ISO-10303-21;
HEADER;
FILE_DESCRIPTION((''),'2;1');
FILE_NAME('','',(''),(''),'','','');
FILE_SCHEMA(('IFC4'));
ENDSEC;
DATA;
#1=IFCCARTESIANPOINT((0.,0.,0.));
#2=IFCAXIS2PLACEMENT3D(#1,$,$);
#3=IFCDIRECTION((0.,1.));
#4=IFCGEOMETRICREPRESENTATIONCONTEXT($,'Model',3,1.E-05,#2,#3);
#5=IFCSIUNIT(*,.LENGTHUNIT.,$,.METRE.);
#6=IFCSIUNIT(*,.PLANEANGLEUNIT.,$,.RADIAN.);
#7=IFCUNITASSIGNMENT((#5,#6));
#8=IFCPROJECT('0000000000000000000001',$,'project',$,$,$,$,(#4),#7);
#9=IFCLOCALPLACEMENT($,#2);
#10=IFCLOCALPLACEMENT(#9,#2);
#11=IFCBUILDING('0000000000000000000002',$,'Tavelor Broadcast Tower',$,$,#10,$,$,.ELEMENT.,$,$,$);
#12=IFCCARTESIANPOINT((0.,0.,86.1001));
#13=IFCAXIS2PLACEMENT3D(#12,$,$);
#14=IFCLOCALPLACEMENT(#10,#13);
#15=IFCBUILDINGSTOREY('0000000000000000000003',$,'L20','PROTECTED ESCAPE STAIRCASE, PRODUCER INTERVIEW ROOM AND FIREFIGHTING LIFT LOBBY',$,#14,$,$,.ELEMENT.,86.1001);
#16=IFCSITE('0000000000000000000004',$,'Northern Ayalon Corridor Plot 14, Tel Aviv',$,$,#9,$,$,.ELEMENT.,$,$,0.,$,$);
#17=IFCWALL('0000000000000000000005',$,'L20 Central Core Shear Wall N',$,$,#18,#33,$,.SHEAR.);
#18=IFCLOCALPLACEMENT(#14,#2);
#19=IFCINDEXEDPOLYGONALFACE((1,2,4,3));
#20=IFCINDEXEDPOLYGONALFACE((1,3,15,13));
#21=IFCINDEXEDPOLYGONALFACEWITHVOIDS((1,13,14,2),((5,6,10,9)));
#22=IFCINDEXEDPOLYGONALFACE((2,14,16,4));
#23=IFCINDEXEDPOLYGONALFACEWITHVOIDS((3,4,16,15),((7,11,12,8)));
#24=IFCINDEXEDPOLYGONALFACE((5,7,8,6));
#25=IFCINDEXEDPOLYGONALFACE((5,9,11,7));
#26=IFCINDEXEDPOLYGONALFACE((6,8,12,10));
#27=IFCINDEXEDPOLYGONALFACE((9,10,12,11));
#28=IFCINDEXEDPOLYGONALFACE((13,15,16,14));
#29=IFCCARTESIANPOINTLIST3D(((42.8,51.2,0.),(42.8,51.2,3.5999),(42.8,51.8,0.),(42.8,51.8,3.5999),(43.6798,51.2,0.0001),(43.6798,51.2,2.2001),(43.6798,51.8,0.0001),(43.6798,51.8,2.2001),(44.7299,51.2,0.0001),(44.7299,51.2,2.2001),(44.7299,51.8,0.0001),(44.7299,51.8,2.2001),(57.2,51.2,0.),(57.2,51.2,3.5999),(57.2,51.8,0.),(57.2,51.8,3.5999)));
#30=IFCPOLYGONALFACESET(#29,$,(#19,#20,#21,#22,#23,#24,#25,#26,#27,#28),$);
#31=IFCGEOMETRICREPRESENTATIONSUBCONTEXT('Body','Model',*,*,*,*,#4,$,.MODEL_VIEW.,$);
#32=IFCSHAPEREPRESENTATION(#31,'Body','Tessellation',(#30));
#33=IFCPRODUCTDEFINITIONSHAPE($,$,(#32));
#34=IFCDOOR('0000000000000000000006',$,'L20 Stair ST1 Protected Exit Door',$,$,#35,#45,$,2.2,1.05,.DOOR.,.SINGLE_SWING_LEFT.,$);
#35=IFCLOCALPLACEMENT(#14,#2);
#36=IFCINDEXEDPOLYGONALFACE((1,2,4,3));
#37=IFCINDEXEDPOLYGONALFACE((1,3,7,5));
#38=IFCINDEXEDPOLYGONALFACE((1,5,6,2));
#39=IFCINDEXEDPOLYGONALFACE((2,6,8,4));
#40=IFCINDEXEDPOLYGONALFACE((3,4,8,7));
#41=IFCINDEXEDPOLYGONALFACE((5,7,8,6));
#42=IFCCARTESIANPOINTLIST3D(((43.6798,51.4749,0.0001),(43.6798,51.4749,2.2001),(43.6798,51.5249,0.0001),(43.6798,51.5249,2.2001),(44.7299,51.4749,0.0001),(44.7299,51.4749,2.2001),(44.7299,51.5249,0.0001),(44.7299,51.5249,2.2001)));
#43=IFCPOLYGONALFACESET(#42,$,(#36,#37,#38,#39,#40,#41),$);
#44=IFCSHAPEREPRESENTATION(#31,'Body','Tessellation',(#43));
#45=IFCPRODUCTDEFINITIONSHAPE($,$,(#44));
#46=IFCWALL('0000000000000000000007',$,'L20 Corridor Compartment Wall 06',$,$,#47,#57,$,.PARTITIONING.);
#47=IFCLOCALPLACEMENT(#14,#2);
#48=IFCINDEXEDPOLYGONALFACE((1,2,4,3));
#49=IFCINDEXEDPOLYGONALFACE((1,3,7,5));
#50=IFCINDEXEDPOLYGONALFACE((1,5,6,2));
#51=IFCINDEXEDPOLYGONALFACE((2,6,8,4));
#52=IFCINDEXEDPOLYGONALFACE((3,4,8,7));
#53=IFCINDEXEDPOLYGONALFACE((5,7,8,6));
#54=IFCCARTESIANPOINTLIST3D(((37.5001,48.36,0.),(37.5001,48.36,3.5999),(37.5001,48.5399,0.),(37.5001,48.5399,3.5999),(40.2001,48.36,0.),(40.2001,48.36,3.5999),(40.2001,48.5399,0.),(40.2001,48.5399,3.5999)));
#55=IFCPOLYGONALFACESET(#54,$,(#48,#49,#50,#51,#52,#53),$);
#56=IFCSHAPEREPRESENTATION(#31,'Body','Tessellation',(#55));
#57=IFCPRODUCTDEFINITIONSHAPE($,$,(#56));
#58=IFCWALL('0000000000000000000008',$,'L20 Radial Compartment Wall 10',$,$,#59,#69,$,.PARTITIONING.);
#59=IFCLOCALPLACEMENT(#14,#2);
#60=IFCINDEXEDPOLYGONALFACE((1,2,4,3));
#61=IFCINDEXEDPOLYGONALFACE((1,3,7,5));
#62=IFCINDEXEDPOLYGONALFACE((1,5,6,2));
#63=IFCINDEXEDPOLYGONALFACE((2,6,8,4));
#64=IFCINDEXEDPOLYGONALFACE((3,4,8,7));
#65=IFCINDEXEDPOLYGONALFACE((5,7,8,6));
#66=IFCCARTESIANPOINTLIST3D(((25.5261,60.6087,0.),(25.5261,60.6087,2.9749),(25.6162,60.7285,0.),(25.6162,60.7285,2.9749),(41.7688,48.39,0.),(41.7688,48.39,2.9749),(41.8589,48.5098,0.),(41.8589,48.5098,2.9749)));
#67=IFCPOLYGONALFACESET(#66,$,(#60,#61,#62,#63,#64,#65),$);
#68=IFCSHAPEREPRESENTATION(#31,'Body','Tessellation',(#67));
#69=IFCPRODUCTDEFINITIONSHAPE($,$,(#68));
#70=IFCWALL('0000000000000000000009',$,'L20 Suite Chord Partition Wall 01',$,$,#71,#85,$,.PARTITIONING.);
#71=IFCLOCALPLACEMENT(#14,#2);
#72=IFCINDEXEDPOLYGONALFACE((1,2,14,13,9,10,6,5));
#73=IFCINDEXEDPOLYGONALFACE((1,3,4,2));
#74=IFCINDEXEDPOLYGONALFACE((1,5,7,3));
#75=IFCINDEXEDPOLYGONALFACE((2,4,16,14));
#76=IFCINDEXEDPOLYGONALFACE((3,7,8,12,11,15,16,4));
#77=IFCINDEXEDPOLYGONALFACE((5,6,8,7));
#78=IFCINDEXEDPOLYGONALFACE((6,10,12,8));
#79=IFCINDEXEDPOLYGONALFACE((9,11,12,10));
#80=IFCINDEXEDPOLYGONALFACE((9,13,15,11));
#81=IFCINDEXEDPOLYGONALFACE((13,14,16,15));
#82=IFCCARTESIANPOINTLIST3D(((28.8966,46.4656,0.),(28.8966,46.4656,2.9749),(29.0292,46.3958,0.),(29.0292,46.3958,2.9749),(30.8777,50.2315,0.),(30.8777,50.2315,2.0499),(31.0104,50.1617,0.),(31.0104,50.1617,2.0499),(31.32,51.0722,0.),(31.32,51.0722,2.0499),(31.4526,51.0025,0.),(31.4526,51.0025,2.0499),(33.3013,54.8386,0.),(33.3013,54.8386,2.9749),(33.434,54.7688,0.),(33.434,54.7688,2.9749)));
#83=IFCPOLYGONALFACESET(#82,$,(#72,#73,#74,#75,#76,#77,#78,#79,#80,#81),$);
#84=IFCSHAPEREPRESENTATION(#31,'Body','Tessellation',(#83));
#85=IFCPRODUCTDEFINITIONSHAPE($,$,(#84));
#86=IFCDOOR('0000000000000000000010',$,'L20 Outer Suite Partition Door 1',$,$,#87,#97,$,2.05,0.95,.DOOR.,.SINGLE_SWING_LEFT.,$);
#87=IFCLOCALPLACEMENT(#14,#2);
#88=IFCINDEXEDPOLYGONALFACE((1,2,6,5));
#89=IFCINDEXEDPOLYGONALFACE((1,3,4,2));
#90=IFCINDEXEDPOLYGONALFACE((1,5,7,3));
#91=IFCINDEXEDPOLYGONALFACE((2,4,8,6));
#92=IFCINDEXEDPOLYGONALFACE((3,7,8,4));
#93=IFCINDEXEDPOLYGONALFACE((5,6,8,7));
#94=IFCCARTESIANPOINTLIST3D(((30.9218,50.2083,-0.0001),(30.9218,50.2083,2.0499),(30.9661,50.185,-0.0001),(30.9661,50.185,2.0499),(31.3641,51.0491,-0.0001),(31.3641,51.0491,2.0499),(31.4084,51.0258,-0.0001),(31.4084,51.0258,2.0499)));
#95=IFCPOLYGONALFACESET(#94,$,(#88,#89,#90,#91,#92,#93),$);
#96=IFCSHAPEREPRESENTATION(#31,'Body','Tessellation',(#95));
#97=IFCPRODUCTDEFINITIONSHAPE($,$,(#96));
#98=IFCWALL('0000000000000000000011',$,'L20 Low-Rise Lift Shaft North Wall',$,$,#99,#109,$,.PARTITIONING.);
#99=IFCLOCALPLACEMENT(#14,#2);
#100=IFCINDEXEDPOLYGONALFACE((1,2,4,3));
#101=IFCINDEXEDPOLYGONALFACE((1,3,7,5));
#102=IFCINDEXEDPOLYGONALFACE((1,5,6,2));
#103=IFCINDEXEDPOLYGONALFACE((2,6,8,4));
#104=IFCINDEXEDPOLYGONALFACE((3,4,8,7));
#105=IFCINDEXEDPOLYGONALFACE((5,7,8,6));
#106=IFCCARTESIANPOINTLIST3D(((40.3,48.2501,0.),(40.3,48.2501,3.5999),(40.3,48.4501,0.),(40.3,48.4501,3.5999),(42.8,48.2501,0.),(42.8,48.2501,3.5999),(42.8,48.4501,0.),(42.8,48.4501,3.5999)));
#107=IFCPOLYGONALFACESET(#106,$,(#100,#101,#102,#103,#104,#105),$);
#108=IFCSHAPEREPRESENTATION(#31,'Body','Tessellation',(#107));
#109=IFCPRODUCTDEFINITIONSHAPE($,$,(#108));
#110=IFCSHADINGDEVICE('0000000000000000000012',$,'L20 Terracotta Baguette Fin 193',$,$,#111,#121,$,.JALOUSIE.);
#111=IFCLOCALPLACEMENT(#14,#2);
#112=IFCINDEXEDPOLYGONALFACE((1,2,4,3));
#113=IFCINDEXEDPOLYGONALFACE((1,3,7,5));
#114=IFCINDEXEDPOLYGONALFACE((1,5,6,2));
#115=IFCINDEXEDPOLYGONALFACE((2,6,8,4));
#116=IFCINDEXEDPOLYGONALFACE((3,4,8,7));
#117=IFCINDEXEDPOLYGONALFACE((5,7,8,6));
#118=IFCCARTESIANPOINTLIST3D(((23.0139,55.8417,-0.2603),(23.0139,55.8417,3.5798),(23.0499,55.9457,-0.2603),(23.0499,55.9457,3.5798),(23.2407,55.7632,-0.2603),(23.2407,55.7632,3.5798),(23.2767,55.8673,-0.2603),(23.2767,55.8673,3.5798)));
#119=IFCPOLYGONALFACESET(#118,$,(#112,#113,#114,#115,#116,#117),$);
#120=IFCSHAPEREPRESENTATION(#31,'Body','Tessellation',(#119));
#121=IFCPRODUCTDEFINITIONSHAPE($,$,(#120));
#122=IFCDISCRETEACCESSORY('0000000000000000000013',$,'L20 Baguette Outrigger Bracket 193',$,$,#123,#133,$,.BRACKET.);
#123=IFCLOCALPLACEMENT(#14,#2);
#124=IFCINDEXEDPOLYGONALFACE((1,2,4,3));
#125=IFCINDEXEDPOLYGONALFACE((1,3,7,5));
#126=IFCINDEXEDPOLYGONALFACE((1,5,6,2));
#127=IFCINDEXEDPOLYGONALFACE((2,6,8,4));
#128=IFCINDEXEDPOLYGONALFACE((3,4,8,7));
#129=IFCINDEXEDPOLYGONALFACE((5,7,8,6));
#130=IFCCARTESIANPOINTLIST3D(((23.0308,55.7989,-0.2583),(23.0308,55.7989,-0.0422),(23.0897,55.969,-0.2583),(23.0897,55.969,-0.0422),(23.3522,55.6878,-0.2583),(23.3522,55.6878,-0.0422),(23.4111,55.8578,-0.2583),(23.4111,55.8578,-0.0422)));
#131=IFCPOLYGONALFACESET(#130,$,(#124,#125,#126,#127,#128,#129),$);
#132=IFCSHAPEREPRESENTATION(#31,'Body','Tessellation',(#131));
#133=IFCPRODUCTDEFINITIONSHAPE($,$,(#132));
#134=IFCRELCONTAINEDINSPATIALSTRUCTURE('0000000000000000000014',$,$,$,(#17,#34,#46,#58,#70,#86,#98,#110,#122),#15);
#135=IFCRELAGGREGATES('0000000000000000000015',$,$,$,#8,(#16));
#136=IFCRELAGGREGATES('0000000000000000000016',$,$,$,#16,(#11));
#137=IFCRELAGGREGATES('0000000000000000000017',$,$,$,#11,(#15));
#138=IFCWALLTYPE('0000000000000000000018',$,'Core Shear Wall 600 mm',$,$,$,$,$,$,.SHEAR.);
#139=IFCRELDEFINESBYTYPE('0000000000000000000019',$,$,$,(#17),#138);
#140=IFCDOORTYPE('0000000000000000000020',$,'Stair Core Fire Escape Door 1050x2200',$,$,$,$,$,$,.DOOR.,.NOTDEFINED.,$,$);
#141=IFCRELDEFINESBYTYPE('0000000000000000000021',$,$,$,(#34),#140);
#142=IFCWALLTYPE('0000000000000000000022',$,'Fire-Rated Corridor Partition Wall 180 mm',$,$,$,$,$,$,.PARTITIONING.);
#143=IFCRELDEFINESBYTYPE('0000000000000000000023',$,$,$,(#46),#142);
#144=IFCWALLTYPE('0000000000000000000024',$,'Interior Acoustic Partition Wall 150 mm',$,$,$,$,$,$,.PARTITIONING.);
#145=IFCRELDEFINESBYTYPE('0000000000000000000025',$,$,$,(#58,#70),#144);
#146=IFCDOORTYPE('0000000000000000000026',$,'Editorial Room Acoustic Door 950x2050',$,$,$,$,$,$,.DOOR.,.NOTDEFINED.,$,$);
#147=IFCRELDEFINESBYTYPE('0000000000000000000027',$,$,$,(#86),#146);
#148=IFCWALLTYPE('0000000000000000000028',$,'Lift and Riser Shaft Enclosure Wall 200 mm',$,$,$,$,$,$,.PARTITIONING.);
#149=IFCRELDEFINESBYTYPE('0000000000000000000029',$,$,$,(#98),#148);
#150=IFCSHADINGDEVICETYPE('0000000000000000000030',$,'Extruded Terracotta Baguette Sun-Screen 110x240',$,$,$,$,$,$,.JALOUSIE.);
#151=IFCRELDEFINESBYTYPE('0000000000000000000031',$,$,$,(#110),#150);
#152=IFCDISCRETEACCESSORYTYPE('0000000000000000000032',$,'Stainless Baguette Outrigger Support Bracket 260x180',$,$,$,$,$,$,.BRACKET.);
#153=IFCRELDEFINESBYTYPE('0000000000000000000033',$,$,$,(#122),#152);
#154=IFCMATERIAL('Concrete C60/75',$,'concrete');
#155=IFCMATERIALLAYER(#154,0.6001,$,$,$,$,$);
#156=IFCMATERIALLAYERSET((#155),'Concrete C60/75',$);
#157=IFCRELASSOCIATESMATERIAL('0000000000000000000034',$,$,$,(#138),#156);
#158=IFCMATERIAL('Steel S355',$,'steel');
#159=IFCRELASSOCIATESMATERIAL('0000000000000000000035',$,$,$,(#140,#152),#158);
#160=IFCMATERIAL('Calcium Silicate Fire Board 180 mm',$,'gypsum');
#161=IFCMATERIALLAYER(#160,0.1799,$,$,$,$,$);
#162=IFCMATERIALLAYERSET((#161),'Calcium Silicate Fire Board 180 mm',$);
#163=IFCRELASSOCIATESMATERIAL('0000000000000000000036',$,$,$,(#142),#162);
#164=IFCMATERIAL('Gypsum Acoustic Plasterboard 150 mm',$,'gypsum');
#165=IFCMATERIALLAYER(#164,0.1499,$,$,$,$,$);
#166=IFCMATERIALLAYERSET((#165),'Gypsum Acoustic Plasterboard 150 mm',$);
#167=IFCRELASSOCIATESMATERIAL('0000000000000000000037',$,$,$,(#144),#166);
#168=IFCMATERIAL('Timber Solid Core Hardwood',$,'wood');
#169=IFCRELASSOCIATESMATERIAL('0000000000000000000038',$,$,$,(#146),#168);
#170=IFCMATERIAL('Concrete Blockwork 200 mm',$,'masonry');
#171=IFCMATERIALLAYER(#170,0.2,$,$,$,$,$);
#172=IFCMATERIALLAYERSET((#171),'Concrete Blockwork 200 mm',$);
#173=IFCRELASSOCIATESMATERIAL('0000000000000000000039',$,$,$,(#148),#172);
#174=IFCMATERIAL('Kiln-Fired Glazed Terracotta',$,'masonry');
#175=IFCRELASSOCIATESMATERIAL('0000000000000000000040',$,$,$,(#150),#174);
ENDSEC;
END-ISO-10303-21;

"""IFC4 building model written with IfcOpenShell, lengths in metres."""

from ifc_helpers import new_model, si_unit, direction, frame, frame_2d, origin, origin_2d, place, context, subcontext, project, spatial, rectangle, extrude, source, transform, mapped, material, layer, layer_set, type_object, type_shapes, element, fill, save


model = new_model("IFC4")

# Units and contexts
model_context = context("Model", 3, precision=1e-05, world=origin(), true_north=direction((0.0, 1.0)))
body_context = subcontext(model_context, "Body", "Model", "MODEL_VIEW")
ifc_project = project(units=[si_unit("LENGTHUNIT", "METRE"), si_unit("PLANEANGLEUNIT", "RADIAN")], contexts=[model_context])

# Site, building, storey
site_placement = place(None, origin())
site = spatial("IfcSite", under=ifc_project, at=site_placement, Name="Northern Ayalon Corridor Plot 14, Tel Aviv", CompositionType="ELEMENT", RefElevation=0.0)
building_placement = place(site_placement, origin())
building = spatial("IfcBuilding", under=site, at=building_placement, Name="Tavelor Broadcast Tower", CompositionType="ELEMENT")
storey_placement = place(building_placement, frame((0.0, 0.0, 86.1001)))
storey = spatial("IfcBuildingStorey", under=building, at=storey_placement, Name="L20", Description="PROTECTED ESCAPE STAIRCASE, PRODUCER INTERVIEW ROOM AND FIREFIGHTING LIFT LOBBY", CompositionType="ELEMENT", Elevation=86.1001)

# Shared definitions
ifc_material_1 = material(Name="Steel S355", Category="steel")

# Wall, opening, door
ifc_material_2 = material(Name="Concrete C60/75", Category="concrete")
ifc_layer_1 = layer(ifc_material_2, 0.6001)
ifc_layer_set_1 = layer_set([ifc_layer_1], Name="Concrete C60/75")
wall_type_1 = type_object("IfcWallType", Name="Core Shear Wall 600 mm", PredefinedType="SHEAR", material=ifc_layer_set_1)
wall_1_placement = place(storey_placement, frame((42.8, 51.5, 0.0), z_axis=(0.0, 0.0, 1.0), x_axis=(1.0, 0.0, 0.0)))
wall_1 = element("IfcWall", 1, at=wall_1_placement, inside=storey, type_object=wall_type_1, Name="L20 Central Core Shear Wall N", PredefinedType="SHEAR", context=body_context, shape_type="SweptSolid", body=[
    extrude(rectangle(XDim=14.3999, YDim=0.6001, at=frame_2d((7.2, 0.0))), origin(), (0.0, 0.0, 1.0), 3.5999),
])
opening_1_placement = place(wall_1_placement, frame((0.8799, 0.0, 0.0)))
opening_1 = element("IfcOpeningElement", 2, at=opening_1_placement, cuts=wall_1, PredefinedType="OPENING", context=body_context, shape_type="SweptSolid", body=[
    extrude(rectangle(XDim=1.05, YDim=2.2, at=frame_2d((0.5249, 1.1001))), frame((0.0, 0.3101, 0.0), z_axis=(0.0, -1.0, 0.0), x_axis=(1.0, 0.0, 0.0)), (0.0, 0.0, 1.0), 0.6201),
])
door_type_1 = type_object("IfcDoorType", Name="Stair Core Fire Escape Door 1050x2200", OperationType="NOTDEFINED", PredefinedType="DOOR", material=ifc_material_1)
door_1_placement = place(opening_1_placement, origin())
door_1 = element("IfcDoor", 3, at=door_1_placement, inside=storey, type_object=door_type_1, Name="L20 Stair ST1 Protected Exit Door", OperationType="SINGLE_SWING_LEFT", OverallHeight=2.2, OverallWidth=1.05, PredefinedType="DOOR", context=body_context, shape_type="SweptSolid", body=[
    extrude(rectangle(XDim=1.05, YDim=2.2, at=frame_2d((0.5249, 1.1001))), frame((0.0, 0.0249, 0.0), z_axis=(0.0, -1.0, 0.0), x_axis=(1.0, 0.0, 0.0)), (0.0, 0.0, 1.0), 0.05),
])
fill(opening_1, door_1)

# Walls
ifc_material_3 = material(Name="Calcium Silicate Fire Board 180 mm", Category="gypsum")
ifc_layer_2 = layer(ifc_material_3, 0.1799)
ifc_layer_set_2 = layer_set([ifc_layer_2], Name="Calcium Silicate Fire Board 180 mm")
wall_type_2 = type_object("IfcWallType", Name="Fire-Rated Corridor Partition Wall 180 mm", PredefinedType="PARTITIONING", material=ifc_layer_set_2)
wall_2_placement = place(storey_placement, frame((37.5, 48.45, 0.0), z_axis=(0.0, 0.0, 1.0), x_axis=(1.0, 0.0, 0.0)))
element("IfcWall", 4, at=wall_2_placement, inside=storey, type_object=wall_type_2, Name="L20 Corridor Compartment Wall 06", PredefinedType="PARTITIONING", context=body_context, shape_type="SweptSolid", body=[
    extrude(rectangle(XDim=2.7, YDim=0.1799, at=frame_2d((1.3501, 0.0))), origin(), (0.0, 0.0, 1.0), 3.5999),
])
ifc_material_4 = material(Name="Gypsum Acoustic Plasterboard 150 mm", Category="gypsum")
ifc_layer_3 = layer(ifc_material_4, 0.1499)
ifc_layer_set_3 = layer_set([ifc_layer_3], Name="Gypsum Acoustic Plasterboard 150 mm")
wall_type_3 = type_object("IfcWallType", Name="Interior Acoustic Partition Wall 150 mm", PredefinedType="PARTITIONING", material=ifc_layer_set_3)
wall_3_placement = place(storey_placement, frame((41.8137, 48.45, 0.0), z_axis=(0.0, 0.0, 1.0), x_axis=(-0.799131, 0.601156, 0.0)))
element("IfcWall", 5, at=wall_3_placement, inside=storey, type_object=wall_type_3, Name="L20 Radial Compartment Wall 10", PredefinedType="PARTITIONING", context=body_context, shape_type="SweptSolid", body=[
    extrude(rectangle(XDim=20.3254, YDim=0.1499, at=frame_2d((10.1626, 0.0))), origin(), (0.0, 0.0, 1.0), 2.9749),
])

# Wall, opening, door
wall_4_placement = place(storey_placement, frame((33.3677, 54.8037, 0.0), z_axis=(0.0, 0.0, 1.0), x_axis=(-0.465574, -0.885009, 0.0)))
wall_4 = element("IfcWall", 6, at=wall_4_placement, inside=storey, type_object=wall_type_3, Name="L20 Suite Chord Partition Wall 01", PredefinedType="PARTITIONING", context=body_context, shape_type="SweptSolid", body=[
    extrude(rectangle(XDim=9.4609, YDim=0.1499, at=frame_2d((4.7305, 0.0))), origin(), (0.0, 0.0, 1.0), 2.9749),
])
opening_2_placement = place(wall_4_placement, frame((4.2556, 0.0, 0.0)))
opening_2 = element("IfcOpeningElement", 7, at=opening_2_placement, cuts=wall_4, PredefinedType="OPENING", context=body_context, shape_type="SweptSolid", body=[
    extrude(rectangle(XDim=0.95, YDim=2.05, at=frame_2d((0.4751, 1.0249))), frame((0.0, 0.085, 0.0), z_axis=(0.0, -1.0, 0.0), x_axis=(1.0, 0.0, 0.0)), (0.0, 0.0, 1.0), 0.1699),
])
ifc_material_5 = material(Name="Timber Solid Core Hardwood", Category="wood")
door_type_2 = type_object("IfcDoorType", Name="Editorial Room Acoustic Door 950x2050", OperationType="NOTDEFINED", PredefinedType="DOOR", material=ifc_material_5)
door_2_placement = place(opening_2_placement, origin())
door_2 = element("IfcDoor", 8, at=door_2_placement, inside=storey, type_object=door_type_2, Name="L20 Outer Suite Partition Door 1", OperationType="SINGLE_SWING_LEFT", OverallHeight=2.05, OverallWidth=0.95, PredefinedType="DOOR", context=body_context, shape_type="SweptSolid", body=[
    extrude(rectangle(XDim=0.95, YDim=2.05, at=frame_2d((0.4751, 1.0249))), frame((0.0, 0.0249, 0.0), z_axis=(0.0, -1.0, 0.0), x_axis=(1.0, 0.0, 0.0)), (0.0, 0.0, 1.0), 0.05),
])
fill(opening_2, door_2)

# Wall
ifc_material_6 = material(Name="Concrete Blockwork 200 mm", Category="masonry")
ifc_layer_4 = layer(ifc_material_6, 0.2)
ifc_layer_set_4 = layer_set([ifc_layer_4], Name="Concrete Blockwork 200 mm")
wall_type_4 = type_object("IfcWallType", Name="Lift and Riser Shaft Enclosure Wall 200 mm", PredefinedType="PARTITIONING", material=ifc_layer_set_4)
wall_5_placement = place(storey_placement, frame((40.3, 48.3501, 0.0), z_axis=(0.0, 0.0, 1.0), x_axis=(1.0, 0.0, 0.0)))
element("IfcWall", 9, at=wall_5_placement, inside=storey, type_object=wall_type_4, Name="L20 Low-Rise Lift Shaft North Wall", PredefinedType="PARTITIONING", context=body_context, shape_type="SweptSolid", body=[
    extrude(rectangle(XDim=2.5, YDim=0.2, at=frame_2d((1.25, 0.0))), origin(), (0.0, 0.0, 1.0), 3.5999),
])

# Shading device
ifc_material_7 = material(Name="Kiln-Fired Glazed Terracotta", Category="masonry")
shading_device_type = type_object("IfcShadingDeviceType", Name="Extruded Terracotta Baguette Sun-Screen 110x240", PredefinedType="JALOUSIE", material=ifc_material_7)
shared_shape_1 = source(origin(), body_context, "Body", "SweptSolid", [
    extrude(rectangle(XDim=0.1101, YDim=0.24, at=origin_2d()), origin(), (0.0, 0.0, 1.0), 3.8401),
])
type_shapes(shading_device_type, [shared_shape_1])
shading_device_placement = place(storey_placement, frame((23.1453, 55.8545, -0.2603), z_axis=(0.0, 0.0, 1.0), x_axis=(-0.326888, -0.945063, 0.0)))
element("IfcShadingDevice", 10, at=shading_device_placement, inside=storey, type_object=shading_device_type, Name="L20 Terracotta Baguette Fin 193", PredefinedType="JALOUSIE", context=body_context, shape_type="MappedRepresentation", body=[
    mapped(shared_shape_1, transform((0.0, 0.0, 0.0), scale=1.0)),
])

# Discrete accessory
discrete_accessory_type = type_object("IfcDiscreteAccessoryType", Name="Stainless Baguette Outrigger Support Bracket 260x180", PredefinedType="BRACKET", material=ifc_material_1)
shared_shape_2 = source(origin(), body_context, "Body", "SweptSolid", [
    extrude(rectangle(XDim=0.1799, YDim=0.3401, at=origin_2d()), origin(), (0.0, 0.0, 1.0), 0.2161),
])
type_shapes(discrete_accessory_type, [shared_shape_2])
discrete_accessory_placement = place(storey_placement, frame((23.2209, 55.8284, -0.2583), z_axis=(0.0, 0.0, 1.0), x_axis=(-0.326888, -0.945063, 0.0)))
element("IfcDiscreteAccessory", 11, at=discrete_accessory_placement, inside=storey, type_object=discrete_accessory_type, Name="L20 Baguette Outrigger Bracket 193", PredefinedType="BRACKET", context=body_context, shape_type="MappedRepresentation", body=[
    mapped(shared_shape_2, transform((0.0, 0.0, 0.0), scale=1.0)),
])

save(model, "model.ifc")
